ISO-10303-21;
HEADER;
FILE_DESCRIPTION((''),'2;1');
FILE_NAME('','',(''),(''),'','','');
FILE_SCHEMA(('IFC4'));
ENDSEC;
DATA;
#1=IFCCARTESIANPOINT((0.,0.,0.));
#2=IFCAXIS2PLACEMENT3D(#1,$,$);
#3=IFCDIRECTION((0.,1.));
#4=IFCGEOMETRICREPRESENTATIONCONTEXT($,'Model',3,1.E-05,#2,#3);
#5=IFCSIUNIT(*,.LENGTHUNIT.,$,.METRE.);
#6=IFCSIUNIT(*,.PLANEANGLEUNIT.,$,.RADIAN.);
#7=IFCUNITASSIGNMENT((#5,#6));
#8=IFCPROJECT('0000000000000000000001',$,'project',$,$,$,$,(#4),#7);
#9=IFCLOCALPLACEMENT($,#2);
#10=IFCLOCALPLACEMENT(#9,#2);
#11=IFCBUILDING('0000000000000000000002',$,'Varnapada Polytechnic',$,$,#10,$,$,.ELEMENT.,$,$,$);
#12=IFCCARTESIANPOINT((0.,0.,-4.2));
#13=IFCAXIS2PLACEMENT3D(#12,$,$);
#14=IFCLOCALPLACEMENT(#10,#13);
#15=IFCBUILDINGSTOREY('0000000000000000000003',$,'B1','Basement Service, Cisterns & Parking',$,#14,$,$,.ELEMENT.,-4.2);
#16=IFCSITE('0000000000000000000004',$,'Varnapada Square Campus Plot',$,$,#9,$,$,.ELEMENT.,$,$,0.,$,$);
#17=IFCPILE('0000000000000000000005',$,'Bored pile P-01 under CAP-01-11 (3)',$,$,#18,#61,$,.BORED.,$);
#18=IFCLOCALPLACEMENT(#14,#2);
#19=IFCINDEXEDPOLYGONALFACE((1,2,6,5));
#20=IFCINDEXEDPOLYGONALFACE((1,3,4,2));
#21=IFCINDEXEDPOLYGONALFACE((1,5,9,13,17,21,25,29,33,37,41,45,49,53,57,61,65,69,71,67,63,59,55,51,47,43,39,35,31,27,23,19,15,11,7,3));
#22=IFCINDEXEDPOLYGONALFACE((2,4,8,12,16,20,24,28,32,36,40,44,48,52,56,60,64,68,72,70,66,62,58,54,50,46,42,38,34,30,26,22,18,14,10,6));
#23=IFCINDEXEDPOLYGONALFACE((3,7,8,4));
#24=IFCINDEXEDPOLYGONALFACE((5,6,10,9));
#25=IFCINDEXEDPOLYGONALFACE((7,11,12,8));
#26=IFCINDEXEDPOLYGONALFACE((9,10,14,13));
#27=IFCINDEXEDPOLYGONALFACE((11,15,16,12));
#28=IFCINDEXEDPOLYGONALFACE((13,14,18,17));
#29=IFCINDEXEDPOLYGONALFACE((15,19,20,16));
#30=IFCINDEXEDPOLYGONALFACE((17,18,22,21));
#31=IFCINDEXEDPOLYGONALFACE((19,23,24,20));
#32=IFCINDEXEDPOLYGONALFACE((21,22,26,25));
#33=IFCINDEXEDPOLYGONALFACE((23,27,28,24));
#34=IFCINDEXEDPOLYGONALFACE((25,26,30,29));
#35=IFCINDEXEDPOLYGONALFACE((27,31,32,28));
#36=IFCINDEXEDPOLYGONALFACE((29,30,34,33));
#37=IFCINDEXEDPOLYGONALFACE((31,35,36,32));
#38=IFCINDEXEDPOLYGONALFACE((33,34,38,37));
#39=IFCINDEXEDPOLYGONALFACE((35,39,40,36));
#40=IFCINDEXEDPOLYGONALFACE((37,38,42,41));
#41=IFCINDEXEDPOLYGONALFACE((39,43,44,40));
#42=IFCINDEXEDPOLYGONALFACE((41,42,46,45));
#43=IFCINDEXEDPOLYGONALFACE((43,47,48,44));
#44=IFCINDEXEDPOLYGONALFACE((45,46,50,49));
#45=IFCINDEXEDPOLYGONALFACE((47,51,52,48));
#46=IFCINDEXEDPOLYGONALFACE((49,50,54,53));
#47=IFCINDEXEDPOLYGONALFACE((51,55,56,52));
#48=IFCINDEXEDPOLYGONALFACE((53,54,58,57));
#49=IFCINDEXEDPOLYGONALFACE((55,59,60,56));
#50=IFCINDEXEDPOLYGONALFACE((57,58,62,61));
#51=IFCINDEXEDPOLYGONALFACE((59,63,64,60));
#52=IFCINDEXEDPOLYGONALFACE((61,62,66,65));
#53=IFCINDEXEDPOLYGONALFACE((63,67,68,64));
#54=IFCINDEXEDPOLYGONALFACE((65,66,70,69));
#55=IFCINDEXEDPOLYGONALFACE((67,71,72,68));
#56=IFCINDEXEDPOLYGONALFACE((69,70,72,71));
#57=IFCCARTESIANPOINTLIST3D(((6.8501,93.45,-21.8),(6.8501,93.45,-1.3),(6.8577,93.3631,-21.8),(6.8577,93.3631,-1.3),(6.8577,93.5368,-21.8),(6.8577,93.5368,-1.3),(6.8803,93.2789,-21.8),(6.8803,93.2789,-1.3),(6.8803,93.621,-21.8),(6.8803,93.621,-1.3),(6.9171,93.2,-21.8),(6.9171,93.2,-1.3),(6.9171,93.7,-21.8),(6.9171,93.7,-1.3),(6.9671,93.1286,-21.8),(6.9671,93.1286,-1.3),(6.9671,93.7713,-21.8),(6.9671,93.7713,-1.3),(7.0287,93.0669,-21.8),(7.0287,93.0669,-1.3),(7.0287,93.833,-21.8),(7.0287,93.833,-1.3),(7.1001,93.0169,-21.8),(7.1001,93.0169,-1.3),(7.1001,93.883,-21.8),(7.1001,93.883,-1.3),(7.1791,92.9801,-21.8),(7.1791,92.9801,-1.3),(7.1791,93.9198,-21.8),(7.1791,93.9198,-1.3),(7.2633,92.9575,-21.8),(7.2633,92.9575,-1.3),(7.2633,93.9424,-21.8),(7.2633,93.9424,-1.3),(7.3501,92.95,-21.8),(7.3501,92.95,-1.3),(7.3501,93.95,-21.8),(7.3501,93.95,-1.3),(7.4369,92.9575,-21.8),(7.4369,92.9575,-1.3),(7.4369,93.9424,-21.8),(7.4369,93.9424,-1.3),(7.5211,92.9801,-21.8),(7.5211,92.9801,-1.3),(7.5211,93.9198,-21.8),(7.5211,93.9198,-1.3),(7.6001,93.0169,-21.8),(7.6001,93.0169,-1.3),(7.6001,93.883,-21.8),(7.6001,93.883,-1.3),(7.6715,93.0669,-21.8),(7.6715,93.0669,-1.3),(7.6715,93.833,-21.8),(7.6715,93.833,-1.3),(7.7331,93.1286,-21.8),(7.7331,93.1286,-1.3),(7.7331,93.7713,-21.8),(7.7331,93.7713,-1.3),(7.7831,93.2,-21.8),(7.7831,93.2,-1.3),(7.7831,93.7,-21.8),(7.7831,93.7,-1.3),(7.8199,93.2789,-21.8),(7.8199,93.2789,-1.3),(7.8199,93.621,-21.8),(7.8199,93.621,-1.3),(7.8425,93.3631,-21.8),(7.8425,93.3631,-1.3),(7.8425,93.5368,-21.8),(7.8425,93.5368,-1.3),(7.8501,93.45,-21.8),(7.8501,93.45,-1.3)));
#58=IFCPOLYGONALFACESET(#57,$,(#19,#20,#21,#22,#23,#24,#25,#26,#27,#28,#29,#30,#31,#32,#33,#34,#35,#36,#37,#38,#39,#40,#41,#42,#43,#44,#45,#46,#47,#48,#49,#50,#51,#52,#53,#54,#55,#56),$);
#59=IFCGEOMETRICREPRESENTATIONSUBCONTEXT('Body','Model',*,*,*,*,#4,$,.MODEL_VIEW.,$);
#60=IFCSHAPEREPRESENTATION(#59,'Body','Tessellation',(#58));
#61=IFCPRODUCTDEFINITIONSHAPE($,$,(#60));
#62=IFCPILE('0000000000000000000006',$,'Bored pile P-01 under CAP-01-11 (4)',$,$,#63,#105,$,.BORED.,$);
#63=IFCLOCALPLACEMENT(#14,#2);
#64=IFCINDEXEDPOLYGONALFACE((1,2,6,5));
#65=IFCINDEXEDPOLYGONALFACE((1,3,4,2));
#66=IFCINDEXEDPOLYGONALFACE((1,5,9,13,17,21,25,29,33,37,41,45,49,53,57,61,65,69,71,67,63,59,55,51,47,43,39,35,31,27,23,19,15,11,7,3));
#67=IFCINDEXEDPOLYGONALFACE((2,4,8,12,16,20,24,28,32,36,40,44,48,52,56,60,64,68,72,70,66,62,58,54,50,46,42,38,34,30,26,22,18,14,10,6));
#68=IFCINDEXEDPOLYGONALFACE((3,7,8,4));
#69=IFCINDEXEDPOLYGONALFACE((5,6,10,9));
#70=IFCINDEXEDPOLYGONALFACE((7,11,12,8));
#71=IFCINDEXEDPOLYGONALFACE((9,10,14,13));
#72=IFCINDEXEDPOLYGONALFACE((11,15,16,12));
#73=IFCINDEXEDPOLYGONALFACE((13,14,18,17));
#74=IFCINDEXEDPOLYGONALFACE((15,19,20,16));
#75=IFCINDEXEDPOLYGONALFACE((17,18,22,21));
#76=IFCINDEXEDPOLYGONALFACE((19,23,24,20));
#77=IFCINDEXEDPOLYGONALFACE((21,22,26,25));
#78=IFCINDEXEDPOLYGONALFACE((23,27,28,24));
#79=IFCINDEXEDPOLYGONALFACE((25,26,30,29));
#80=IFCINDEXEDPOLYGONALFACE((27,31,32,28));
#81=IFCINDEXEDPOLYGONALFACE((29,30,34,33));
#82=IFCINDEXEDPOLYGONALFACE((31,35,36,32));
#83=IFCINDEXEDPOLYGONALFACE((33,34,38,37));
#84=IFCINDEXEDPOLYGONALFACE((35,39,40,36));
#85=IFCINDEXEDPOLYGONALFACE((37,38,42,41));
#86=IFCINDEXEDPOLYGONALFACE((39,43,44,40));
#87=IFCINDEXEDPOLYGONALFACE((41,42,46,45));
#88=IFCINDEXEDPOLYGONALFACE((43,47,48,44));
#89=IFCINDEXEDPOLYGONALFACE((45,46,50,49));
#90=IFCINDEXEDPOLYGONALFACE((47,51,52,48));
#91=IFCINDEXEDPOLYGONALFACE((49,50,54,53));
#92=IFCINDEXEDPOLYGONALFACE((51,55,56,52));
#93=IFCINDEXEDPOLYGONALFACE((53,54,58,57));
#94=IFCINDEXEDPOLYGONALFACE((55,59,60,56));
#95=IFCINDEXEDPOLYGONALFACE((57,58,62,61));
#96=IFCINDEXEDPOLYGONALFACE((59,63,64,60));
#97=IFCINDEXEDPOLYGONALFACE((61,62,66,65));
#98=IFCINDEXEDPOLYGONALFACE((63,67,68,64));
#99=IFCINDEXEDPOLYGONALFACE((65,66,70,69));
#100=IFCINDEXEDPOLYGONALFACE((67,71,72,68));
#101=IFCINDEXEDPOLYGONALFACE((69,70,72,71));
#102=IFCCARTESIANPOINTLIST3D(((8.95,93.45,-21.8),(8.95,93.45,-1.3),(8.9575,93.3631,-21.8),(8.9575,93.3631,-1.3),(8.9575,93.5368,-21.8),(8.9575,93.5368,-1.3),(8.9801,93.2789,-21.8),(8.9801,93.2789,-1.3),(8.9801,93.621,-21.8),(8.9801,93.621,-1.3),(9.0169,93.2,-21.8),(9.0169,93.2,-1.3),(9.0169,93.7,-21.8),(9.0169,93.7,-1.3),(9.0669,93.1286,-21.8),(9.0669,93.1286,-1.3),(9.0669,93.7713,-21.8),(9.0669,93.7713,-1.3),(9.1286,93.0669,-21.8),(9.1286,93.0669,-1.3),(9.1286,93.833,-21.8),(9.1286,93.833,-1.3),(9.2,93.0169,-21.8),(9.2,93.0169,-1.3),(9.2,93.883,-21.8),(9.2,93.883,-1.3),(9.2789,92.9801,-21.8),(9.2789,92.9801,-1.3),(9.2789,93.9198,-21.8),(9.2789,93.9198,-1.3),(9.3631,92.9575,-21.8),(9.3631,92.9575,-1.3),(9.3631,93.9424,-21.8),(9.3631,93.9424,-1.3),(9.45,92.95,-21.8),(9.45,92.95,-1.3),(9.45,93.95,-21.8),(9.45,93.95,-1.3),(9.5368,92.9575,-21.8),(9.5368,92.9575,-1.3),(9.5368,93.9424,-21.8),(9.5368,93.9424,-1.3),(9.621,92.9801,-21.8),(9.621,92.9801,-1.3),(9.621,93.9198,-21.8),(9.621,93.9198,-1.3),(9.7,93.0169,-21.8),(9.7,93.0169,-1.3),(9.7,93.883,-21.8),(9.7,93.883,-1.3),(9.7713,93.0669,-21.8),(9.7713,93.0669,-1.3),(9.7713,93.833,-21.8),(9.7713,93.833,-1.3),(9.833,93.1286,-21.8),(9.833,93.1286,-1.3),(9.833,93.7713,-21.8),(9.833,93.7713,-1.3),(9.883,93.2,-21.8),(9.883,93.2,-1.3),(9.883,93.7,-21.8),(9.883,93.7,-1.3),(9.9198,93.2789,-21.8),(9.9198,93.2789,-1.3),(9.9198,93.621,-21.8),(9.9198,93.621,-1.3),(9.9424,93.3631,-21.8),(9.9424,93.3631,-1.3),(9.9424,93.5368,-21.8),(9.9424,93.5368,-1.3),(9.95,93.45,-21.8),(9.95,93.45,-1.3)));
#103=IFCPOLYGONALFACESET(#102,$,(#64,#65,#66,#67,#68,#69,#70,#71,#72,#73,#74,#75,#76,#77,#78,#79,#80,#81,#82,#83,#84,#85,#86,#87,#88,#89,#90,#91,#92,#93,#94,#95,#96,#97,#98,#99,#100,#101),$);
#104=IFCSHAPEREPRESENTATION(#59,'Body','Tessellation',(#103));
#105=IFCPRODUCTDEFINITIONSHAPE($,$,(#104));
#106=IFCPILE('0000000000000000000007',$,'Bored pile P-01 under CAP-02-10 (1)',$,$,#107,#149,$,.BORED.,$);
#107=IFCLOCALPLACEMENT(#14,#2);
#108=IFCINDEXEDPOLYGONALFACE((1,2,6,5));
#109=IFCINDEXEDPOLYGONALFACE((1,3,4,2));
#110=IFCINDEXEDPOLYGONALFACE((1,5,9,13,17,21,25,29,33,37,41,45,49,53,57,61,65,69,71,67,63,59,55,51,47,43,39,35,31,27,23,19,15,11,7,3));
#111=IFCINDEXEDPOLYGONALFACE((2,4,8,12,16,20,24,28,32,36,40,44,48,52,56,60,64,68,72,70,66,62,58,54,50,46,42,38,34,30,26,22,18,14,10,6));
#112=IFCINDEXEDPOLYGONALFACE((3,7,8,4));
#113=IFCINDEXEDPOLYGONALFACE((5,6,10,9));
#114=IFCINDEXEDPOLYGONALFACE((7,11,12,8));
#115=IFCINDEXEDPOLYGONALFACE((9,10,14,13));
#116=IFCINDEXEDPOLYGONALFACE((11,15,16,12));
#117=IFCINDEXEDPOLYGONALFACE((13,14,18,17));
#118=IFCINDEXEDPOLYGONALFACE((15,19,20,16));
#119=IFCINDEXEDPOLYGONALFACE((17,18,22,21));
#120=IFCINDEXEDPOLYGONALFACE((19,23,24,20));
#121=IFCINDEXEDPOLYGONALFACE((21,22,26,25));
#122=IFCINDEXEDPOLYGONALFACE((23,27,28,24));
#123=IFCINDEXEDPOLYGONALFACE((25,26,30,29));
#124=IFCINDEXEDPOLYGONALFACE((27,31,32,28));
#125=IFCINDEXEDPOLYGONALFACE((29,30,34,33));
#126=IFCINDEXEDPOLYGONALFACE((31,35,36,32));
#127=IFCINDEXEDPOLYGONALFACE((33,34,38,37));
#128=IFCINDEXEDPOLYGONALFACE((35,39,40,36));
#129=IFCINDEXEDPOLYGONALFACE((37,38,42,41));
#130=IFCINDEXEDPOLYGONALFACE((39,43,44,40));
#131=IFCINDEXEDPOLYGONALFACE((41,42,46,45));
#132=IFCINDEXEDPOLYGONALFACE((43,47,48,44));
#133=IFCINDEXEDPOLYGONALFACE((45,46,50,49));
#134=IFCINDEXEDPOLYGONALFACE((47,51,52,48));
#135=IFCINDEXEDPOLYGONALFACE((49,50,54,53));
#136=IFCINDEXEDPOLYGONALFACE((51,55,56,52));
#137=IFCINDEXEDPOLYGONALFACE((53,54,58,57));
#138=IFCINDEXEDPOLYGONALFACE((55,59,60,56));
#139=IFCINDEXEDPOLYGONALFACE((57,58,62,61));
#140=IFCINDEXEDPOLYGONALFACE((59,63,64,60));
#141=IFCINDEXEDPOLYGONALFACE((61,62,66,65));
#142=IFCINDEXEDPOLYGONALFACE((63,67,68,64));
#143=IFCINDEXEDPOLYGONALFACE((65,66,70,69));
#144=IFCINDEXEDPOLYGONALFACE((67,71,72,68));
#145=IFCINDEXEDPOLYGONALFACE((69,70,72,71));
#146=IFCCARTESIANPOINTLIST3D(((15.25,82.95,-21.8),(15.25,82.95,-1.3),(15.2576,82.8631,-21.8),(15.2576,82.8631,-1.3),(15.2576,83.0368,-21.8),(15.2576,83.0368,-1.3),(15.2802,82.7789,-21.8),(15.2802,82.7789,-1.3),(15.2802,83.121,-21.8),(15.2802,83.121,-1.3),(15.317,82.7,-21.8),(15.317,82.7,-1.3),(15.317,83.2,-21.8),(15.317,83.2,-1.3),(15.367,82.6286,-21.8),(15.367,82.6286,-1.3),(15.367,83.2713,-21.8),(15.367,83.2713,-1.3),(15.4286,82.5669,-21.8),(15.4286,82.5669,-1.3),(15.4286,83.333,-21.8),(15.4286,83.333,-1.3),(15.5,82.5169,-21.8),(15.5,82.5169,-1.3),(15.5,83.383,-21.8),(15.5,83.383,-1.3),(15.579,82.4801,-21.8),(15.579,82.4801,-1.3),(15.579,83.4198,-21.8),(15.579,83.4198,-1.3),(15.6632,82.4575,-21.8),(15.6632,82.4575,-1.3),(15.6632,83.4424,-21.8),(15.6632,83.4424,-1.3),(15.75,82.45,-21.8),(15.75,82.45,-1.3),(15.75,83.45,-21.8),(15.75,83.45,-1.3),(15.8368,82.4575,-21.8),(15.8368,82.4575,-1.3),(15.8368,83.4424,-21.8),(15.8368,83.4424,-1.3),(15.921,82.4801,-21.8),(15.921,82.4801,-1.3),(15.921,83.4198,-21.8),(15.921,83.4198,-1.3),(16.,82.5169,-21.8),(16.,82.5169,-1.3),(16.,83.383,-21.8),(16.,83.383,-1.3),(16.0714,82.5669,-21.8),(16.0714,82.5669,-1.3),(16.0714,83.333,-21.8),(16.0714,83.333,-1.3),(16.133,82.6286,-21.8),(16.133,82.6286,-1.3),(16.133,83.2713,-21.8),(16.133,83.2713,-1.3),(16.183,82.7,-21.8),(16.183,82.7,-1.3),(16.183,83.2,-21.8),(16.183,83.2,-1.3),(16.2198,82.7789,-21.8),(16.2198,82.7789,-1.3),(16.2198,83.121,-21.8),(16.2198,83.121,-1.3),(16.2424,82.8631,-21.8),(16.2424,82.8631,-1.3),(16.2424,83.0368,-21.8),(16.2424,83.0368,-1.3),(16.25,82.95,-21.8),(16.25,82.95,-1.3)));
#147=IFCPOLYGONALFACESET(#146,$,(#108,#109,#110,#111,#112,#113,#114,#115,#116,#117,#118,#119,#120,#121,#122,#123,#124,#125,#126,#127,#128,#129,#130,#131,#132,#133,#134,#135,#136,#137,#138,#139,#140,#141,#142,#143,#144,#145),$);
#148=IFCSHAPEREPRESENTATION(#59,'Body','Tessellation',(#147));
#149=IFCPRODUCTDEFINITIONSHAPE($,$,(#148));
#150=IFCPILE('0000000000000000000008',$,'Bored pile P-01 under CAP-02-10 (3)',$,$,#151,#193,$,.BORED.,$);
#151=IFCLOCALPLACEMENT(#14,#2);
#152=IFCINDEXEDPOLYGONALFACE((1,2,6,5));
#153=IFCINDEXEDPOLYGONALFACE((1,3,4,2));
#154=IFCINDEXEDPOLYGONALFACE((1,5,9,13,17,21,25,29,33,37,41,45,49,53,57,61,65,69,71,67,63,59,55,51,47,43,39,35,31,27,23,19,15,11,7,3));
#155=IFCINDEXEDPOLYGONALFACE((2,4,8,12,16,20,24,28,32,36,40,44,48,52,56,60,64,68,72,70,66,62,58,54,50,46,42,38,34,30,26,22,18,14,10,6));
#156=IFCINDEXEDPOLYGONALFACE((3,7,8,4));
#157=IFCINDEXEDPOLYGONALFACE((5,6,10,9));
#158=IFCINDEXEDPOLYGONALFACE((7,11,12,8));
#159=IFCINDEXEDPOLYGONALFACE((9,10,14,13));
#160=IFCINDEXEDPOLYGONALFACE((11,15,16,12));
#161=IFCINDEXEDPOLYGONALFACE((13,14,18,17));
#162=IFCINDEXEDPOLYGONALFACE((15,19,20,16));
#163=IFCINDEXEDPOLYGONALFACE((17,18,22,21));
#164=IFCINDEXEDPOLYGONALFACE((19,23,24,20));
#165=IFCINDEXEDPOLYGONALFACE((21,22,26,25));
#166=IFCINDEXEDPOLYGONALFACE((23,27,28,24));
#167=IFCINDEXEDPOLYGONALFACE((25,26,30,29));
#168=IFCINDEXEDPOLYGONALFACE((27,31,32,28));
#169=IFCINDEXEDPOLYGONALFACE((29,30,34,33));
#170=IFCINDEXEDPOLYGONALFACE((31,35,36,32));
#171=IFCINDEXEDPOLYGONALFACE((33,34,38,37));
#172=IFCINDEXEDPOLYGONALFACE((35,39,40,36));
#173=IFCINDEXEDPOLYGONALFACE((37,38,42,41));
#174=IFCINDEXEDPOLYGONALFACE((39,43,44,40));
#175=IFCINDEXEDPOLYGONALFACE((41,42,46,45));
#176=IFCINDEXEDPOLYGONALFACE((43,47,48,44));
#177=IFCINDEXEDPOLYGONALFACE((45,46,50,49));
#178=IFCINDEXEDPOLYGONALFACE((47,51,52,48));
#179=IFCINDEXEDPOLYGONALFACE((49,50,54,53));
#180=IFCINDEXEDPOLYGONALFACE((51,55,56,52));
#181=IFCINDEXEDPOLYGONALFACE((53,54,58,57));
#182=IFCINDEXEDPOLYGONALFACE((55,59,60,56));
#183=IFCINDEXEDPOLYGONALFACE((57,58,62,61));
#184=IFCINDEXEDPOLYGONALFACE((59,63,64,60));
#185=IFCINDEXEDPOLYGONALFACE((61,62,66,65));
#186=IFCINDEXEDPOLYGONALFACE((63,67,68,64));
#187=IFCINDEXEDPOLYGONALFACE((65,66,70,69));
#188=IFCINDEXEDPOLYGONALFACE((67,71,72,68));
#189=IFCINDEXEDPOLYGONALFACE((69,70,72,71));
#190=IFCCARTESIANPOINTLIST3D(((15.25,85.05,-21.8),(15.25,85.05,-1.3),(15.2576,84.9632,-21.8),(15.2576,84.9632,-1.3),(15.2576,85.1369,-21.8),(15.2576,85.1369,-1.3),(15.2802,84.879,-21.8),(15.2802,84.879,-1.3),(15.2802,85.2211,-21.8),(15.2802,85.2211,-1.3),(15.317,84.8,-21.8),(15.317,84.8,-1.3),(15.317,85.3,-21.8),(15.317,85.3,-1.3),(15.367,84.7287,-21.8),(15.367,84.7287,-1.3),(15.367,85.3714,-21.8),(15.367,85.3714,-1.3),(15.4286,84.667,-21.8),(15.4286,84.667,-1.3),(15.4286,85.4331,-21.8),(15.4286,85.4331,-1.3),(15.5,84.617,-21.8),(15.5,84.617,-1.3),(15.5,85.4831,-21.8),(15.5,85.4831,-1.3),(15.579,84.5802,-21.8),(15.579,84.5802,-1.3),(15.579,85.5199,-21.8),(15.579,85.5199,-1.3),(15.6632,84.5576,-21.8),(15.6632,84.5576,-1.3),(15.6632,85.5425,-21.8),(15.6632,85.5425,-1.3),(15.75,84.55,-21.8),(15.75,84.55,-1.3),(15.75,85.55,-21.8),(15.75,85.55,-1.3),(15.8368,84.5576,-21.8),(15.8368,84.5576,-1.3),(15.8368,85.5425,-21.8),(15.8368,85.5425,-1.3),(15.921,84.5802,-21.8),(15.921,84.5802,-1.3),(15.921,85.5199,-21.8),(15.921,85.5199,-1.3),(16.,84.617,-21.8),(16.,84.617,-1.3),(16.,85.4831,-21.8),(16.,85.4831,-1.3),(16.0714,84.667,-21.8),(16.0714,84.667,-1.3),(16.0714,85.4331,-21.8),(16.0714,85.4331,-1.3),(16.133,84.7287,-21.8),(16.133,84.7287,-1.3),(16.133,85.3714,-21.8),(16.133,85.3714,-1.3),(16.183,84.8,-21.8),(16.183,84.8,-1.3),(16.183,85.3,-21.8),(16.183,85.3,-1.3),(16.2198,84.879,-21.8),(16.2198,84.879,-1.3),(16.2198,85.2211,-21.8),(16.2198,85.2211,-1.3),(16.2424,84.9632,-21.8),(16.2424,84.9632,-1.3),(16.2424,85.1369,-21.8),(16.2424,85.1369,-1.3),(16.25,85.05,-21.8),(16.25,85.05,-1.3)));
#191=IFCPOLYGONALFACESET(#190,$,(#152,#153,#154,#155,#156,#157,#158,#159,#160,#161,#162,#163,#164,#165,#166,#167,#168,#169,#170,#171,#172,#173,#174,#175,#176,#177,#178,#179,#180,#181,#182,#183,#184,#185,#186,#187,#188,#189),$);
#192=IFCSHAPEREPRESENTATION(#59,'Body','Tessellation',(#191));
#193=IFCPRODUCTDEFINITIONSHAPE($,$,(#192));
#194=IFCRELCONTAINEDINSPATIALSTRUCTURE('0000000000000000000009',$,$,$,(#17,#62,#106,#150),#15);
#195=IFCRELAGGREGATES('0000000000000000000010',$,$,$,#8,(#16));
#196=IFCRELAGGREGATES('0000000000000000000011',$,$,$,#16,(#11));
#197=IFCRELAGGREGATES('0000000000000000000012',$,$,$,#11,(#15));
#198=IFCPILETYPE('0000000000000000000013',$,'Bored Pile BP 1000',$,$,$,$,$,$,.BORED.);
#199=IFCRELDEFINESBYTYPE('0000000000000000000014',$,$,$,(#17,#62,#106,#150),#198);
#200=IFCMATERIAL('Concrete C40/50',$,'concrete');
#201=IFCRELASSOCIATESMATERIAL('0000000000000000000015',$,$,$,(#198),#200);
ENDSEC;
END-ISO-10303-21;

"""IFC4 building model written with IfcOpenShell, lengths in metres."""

from ifc_helpers import new_model, si_unit, direction, frame, origin, origin_2d, place, context, subcontext, project, spatial, circle, extrude, material, material_profile, profile_set, type_object, element, save


model = new_model("IFC4")

# Units and contexts
model_context = context("Model", 3, precision=1e-05, world=origin(), true_north=direction((0.0, 1.0)))
body_context = subcontext(model_context, "Body", "Model", "MODEL_VIEW")
ifc_project = project(units=[si_unit("LENGTHUNIT", "METRE"), si_unit("PLANEANGLEUNIT", "RADIAN")], contexts=[model_context])

# Site, building, storey
site_placement = place(None, origin())
site = spatial("IfcSite", under=ifc_project, at=site_placement, Name="Varnapada Square Campus Plot", CompositionType="ELEMENT", RefElevation=0.0)
building_placement = place(site_placement, origin())
building = spatial("IfcBuilding", under=site, at=building_placement, Name="Varnapada Polytechnic", CompositionType="ELEMENT")
storey_placement = place(building_placement, frame((0.0, 0.0, -4.2)))
storey = spatial("IfcBuildingStorey", under=building, at=storey_placement, Name="B1", Description="Basement Service, Cisterns & Parking", CompositionType="ELEMENT", Elevation=-4.2)

# Piles
ifc_material_1 = material(Name="Concrete C40/50", Category="concrete")
ifc_material_profile_1 = material_profile(ifc_material_1, circle(Radius=0.5, at=origin_2d()), Name="BP 1000")
ifc_profile_set_1 = profile_set([ifc_material_profile_1], Name="Concrete C40/50")
pile_type_1 = type_object("IfcPileType", Name="Bored Pile BP 1000", PredefinedType="BORED", material=ifc_profile_set_1)
for number, where, z_axis, x_axis, name in (
    (1, (7.3501, 93.45, -1.3), (0.0, 0.0, -1.0), (1.0, 0.0, 0.0), "Bored pile P-01 under CAP-01-11 (3)"),
    (2, (9.45, 93.45, -1.3), (0.0, 0.0, -1.0), (1.0, 0.0, 0.0), "Bored pile P-01 under CAP-01-11 (4)"),
    (3, (15.75, 82.95, -1.3), (0.0, 0.0, -1.0), (1.0, 0.0, 0.0), "Bored pile P-01 under CAP-02-10 (1)"),
    (4, (15.75, 85.05, -1.3), (0.0, 0.0, -1.0), (1.0, 0.0, 0.0), "Bored pile P-01 under CAP-02-10 (3)"),
):
    element("IfcPile", number, at=place(storey_placement, frame(where, z_axis=z_axis, x_axis=x_axis)), inside=storey, type_object=pile_type_1, Name=name, PredefinedType="BORED", context=body_context, shape_type="SweptSolid", body=[
        extrude(circle(Radius=0.5, at=origin_2d()), origin(), (0.0, 0.0, 1.0), 20.5),
    ])

save(model, "model.ifc")
